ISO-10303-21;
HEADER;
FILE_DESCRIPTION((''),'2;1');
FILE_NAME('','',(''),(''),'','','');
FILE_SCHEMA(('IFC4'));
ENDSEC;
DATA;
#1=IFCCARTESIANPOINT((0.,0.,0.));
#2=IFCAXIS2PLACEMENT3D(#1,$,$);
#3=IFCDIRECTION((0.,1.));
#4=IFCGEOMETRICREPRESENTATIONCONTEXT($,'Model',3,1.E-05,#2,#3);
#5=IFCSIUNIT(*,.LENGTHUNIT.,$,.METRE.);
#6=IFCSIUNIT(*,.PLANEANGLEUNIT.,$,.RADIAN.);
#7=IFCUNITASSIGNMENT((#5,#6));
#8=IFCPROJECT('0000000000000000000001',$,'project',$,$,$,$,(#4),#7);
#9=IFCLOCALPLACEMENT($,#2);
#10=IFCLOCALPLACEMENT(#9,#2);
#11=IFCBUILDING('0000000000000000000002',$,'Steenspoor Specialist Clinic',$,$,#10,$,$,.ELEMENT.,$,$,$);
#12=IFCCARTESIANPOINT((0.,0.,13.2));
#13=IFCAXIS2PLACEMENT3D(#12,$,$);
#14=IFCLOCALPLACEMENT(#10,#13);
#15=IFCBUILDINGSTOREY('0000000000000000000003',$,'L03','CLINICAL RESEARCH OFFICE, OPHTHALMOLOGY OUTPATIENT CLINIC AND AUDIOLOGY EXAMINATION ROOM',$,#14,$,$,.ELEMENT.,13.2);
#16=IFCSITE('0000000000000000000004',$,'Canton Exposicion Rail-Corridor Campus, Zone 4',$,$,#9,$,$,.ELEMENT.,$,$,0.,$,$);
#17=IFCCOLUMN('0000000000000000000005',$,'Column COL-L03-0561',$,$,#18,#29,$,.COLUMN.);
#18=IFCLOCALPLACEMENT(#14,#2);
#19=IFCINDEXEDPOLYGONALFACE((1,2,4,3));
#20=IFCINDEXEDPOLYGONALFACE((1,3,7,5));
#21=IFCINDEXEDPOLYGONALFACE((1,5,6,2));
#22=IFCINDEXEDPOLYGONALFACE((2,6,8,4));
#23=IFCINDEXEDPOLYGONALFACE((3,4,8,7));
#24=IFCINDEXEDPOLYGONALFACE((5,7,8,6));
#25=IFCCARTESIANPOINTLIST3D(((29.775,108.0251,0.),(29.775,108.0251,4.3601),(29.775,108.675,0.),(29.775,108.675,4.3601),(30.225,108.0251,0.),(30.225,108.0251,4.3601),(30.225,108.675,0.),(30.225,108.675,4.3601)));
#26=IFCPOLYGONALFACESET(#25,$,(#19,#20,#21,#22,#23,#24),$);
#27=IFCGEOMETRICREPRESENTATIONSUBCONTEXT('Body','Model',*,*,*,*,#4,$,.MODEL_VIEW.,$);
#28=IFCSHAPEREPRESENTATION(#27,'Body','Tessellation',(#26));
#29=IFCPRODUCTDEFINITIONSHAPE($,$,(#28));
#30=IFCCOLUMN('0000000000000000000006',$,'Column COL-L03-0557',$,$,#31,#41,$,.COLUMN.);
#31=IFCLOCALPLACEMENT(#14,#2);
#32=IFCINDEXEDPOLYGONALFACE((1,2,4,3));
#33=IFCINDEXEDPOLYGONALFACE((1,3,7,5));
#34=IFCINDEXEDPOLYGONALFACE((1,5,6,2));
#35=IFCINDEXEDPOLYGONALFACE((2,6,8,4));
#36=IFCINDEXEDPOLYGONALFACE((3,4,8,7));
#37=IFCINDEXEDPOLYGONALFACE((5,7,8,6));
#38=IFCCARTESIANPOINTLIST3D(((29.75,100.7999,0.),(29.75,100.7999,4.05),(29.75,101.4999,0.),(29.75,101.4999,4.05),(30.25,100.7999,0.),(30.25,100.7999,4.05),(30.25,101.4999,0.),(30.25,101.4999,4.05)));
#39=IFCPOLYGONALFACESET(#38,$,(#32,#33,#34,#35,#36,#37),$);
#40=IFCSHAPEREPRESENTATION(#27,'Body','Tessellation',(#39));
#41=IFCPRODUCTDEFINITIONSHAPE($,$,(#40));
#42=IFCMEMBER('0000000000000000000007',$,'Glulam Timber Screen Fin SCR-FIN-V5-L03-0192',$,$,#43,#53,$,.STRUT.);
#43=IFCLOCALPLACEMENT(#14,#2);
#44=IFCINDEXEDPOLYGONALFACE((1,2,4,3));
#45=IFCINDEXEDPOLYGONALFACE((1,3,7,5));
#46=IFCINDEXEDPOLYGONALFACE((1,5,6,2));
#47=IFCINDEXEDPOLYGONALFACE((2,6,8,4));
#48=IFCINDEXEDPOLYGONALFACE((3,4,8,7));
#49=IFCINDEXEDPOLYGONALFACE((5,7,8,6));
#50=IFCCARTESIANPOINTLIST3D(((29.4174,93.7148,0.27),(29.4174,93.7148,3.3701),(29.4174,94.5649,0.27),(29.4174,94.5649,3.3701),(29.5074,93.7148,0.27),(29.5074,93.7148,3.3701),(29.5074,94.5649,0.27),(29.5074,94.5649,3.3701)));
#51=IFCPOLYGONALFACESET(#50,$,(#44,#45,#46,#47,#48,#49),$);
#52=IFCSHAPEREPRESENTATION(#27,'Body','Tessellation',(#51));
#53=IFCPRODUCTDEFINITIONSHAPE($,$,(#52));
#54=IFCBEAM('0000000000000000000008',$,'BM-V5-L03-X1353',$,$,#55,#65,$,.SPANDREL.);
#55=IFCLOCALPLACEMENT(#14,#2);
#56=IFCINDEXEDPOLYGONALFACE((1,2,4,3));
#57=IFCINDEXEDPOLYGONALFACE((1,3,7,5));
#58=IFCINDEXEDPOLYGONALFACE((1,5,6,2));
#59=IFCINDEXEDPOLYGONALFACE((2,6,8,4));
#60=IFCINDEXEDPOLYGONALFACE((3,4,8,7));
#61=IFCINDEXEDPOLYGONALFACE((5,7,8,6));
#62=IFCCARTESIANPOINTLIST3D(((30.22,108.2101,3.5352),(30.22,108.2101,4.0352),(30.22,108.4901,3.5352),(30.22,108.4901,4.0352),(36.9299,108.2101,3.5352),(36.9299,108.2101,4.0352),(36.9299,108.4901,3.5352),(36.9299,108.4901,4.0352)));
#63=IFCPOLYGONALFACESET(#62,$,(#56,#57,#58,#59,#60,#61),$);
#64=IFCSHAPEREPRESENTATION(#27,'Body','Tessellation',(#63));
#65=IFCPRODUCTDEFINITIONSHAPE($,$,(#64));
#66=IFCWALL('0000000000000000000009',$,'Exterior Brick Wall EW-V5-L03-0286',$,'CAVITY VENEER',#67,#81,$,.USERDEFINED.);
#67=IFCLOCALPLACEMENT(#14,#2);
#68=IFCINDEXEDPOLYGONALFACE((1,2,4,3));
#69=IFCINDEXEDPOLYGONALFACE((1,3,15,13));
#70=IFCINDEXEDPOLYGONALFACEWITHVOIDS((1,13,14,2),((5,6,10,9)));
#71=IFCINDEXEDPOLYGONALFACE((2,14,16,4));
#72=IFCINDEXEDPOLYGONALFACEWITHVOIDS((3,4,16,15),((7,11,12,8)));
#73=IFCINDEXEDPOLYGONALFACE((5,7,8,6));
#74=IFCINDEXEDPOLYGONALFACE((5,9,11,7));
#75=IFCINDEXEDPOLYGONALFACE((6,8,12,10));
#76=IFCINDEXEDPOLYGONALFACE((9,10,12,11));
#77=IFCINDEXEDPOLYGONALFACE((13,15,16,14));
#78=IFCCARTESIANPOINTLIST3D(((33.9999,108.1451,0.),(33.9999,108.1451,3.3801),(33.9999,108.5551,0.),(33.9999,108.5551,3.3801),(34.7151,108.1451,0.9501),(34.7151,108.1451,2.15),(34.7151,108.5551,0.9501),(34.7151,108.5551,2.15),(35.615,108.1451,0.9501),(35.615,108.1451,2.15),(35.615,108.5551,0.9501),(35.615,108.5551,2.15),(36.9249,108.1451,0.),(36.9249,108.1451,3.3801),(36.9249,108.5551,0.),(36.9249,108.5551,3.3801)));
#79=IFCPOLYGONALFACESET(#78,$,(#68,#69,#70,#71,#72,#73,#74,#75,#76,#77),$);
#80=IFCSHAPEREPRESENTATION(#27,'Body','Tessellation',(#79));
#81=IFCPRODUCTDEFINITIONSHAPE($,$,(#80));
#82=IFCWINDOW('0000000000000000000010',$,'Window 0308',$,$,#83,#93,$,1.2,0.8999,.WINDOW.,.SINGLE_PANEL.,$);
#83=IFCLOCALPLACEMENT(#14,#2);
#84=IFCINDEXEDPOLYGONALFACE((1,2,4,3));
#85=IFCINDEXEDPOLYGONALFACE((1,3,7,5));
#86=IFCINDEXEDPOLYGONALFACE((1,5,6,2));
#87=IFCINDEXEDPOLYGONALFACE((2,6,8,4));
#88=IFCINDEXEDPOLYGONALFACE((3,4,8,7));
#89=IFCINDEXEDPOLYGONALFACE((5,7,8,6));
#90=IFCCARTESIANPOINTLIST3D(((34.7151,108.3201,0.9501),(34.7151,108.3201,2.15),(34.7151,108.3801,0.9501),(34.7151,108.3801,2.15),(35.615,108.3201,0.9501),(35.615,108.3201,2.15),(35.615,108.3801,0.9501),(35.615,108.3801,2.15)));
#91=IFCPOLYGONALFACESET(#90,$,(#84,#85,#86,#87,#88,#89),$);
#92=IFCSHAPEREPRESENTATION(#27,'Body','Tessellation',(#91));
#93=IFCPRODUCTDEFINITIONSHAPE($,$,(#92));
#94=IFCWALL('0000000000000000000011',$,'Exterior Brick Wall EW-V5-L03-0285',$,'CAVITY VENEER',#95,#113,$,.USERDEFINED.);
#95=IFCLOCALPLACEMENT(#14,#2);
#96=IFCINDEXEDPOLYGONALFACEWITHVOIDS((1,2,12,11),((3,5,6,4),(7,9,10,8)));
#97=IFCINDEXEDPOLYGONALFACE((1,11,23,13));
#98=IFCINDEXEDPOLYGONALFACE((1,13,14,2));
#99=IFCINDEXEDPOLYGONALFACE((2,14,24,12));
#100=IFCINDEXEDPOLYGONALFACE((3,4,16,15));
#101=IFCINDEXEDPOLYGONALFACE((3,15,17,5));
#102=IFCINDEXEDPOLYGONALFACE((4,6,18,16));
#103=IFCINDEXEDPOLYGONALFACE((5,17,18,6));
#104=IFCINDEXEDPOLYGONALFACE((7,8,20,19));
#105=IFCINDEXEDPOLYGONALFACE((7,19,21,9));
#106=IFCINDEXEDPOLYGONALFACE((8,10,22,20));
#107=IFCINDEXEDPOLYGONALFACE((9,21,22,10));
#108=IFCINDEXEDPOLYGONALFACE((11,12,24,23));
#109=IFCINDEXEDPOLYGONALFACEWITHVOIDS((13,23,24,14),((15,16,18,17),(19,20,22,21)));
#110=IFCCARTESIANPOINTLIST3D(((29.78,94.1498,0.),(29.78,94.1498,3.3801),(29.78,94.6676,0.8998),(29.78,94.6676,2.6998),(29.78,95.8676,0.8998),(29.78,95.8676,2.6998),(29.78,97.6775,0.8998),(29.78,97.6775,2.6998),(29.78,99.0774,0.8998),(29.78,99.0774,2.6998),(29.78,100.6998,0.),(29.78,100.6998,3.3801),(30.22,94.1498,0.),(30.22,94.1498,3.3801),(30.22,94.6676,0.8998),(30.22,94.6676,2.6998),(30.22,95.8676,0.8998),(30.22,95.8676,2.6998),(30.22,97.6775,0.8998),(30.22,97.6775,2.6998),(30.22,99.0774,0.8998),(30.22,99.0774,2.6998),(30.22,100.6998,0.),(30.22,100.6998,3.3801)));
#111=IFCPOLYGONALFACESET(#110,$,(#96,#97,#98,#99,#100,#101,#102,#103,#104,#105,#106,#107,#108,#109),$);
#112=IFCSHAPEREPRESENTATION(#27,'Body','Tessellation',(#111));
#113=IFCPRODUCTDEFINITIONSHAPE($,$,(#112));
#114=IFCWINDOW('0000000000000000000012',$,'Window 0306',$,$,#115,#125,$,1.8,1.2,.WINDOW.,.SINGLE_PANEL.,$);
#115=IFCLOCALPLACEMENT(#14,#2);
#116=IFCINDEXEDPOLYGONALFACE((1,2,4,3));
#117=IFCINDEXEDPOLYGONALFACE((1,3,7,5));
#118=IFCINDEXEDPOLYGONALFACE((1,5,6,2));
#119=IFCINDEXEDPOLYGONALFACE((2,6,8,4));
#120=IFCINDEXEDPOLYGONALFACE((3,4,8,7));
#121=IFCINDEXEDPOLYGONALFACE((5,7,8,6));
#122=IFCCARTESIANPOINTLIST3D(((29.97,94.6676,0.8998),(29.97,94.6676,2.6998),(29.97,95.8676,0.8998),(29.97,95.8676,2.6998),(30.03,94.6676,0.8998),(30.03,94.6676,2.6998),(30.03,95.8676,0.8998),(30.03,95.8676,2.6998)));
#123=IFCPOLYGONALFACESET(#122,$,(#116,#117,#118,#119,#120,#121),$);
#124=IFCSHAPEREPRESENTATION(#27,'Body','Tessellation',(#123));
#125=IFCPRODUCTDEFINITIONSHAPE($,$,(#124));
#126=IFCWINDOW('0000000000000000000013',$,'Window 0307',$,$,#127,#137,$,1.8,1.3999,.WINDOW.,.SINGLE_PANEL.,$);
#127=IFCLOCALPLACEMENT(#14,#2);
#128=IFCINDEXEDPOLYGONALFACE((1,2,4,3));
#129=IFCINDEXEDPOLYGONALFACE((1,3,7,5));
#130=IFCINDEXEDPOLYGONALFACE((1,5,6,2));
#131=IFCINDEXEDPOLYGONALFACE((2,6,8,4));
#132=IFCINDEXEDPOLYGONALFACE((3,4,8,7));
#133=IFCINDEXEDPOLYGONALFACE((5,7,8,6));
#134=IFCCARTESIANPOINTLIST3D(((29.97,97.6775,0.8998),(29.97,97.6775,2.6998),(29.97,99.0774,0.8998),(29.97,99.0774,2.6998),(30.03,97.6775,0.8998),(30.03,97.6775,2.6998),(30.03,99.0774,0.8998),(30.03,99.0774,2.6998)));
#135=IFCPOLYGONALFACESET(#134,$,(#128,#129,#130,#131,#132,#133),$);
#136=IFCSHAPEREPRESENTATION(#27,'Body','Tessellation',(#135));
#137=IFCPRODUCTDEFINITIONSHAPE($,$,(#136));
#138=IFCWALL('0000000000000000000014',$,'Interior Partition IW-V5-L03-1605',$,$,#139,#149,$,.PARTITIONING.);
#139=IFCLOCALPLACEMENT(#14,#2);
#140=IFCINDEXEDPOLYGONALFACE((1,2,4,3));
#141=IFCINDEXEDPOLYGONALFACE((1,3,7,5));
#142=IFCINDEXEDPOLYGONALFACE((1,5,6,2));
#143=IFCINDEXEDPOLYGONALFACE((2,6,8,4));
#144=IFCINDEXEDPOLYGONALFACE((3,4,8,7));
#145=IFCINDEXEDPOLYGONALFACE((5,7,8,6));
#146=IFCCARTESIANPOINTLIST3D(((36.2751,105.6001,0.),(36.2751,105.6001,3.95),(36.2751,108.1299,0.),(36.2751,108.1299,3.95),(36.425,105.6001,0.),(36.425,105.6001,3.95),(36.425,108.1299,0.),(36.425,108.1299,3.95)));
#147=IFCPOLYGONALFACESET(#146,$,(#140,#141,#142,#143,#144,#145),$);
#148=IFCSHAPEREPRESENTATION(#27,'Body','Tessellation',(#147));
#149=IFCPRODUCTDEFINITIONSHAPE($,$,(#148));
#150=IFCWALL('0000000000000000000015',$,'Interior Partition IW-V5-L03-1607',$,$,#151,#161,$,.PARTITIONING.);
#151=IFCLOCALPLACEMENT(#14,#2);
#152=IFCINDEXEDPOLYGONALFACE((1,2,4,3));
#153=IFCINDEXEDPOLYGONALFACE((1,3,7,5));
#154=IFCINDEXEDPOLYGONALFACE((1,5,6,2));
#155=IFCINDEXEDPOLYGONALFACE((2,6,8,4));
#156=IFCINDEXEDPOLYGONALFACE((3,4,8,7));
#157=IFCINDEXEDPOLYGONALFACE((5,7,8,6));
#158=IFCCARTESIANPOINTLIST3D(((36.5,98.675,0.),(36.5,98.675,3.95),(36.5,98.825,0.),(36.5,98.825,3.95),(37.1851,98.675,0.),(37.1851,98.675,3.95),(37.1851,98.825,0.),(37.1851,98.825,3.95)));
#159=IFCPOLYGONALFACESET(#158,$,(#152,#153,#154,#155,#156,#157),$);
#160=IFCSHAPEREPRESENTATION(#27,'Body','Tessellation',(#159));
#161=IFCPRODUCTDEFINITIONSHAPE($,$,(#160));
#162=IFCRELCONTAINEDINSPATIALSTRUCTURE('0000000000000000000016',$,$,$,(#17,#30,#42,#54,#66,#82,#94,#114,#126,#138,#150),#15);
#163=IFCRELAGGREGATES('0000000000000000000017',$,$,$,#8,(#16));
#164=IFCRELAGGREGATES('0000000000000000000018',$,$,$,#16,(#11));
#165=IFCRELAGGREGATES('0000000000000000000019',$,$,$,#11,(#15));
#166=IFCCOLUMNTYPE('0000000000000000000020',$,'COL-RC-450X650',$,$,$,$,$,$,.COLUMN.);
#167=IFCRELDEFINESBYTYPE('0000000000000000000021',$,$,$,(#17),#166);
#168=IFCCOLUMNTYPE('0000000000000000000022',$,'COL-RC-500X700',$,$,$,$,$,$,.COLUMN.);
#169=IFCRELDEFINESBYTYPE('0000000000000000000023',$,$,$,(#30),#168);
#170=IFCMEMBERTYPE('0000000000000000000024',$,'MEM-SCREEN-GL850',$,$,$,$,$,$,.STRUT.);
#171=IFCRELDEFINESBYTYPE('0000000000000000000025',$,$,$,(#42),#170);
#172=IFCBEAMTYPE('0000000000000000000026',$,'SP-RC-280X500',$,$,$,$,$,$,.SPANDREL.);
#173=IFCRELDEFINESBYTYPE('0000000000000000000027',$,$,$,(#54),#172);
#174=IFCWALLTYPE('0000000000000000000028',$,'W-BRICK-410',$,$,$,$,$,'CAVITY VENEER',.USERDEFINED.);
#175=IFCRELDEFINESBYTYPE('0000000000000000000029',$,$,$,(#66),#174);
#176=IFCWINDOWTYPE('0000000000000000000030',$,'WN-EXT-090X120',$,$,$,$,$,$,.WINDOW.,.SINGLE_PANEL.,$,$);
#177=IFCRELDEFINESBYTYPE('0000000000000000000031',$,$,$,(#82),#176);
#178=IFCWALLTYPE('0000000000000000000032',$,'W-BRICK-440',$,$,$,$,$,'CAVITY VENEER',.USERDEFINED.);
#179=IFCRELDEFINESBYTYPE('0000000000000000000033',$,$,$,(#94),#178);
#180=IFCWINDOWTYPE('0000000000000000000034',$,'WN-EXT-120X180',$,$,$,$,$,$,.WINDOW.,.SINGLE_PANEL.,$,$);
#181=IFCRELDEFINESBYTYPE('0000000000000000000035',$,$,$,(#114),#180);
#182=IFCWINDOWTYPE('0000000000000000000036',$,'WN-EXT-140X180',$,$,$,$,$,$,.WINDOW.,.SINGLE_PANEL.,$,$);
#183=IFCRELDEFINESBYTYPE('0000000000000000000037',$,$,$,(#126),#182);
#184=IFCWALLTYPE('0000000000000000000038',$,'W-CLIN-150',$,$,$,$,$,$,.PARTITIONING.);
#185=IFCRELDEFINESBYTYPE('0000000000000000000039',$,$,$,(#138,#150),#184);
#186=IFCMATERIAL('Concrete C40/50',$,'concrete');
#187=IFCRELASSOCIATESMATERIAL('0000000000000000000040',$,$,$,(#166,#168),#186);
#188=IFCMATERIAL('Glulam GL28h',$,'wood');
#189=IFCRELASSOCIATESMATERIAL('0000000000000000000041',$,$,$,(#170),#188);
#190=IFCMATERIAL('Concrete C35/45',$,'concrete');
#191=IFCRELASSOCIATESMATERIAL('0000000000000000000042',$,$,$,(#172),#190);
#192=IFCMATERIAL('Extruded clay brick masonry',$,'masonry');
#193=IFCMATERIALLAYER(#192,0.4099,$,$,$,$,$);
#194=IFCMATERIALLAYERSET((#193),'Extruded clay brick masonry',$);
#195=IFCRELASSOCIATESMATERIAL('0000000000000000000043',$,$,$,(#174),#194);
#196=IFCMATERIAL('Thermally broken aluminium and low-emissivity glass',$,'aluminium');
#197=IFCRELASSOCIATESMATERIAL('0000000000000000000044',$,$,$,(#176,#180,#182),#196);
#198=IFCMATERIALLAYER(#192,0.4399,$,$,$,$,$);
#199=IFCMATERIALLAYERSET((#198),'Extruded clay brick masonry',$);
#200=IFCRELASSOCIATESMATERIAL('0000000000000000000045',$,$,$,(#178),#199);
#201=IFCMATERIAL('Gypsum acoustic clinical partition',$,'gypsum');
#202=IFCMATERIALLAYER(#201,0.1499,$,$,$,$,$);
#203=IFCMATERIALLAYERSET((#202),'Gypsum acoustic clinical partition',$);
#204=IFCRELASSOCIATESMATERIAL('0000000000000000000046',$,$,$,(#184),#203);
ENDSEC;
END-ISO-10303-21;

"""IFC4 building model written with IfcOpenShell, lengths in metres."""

from ifc_helpers import new_model, si_unit, direction, frame, frame_2d, origin, origin_2d, place, context, subcontext, project, spatial, rectangle, extrude, material, layer, layer_set, material_profile, profile_set, type_object, element, fill, save


model = new_model("IFC4")

# Units and contexts
model_context = context("Model", 3, precision=1e-05, world=origin(), true_north=direction((0.0, 1.0)))
body_context = subcontext(model_context, "Body", "Model", "MODEL_VIEW")
ifc_project = project(units=[si_unit("LENGTHUNIT", "METRE"), si_unit("PLANEANGLEUNIT", "RADIAN")], contexts=[model_context])

# Site, building, storey
site_placement = place(None, origin())
site = spatial("IfcSite", under=ifc_project, at=site_placement, Name="Canton Exposicion Rail-Corridor Campus, Zone 4", CompositionType="ELEMENT", RefElevation=0.0)
building_placement = place(site_placement, origin())
building = spatial("IfcBuilding", under=site, at=building_placement, Name="Steenspoor Specialist Clinic", CompositionType="ELEMENT")
storey_placement = place(building_placement, frame((0.0, 0.0, 13.2)))
storey = spatial("IfcBuildingStorey", under=building, at=storey_placement, Name="L03", Description="CLINICAL RESEARCH OFFICE, OPHTHALMOLOGY OUTPATIENT CLINIC AND AUDIOLOGY EXAMINATION ROOM", CompositionType="ELEMENT", Elevation=13.2)

# Columns
ifc_material_1 = material(Name="Concrete C40/50", Category="concrete")
ifc_material_profile_1 = material_profile(ifc_material_1, rectangle(XDim=0.45, YDim=0.6499, at=origin_2d()), Name="RC-COL-450X650")
ifc_profile_set_1 = profile_set([ifc_material_profile_1], Name="Concrete C40/50")
column_type_1 = type_object("IfcColumnType", Name="COL-RC-450X650", PredefinedType="COLUMN", material=ifc_profile_set_1)
column_1_placement = place(storey_placement, frame((30.0, 108.3501, 0.0), z_axis=(0.0, 0.0, 1.0), x_axis=(1.0, 0.0, 0.0)))
element("IfcColumn", 1, at=column_1_placement, inside=storey, type_object=column_type_1, Name="Column COL-L03-0561", PredefinedType="COLUMN", context=body_context, shape_type="SweptSolid", body=[
    extrude(rectangle(XDim=0.45, YDim=0.6499, at=origin_2d()), origin(), (0.0, 0.0, 1.0), 4.3601),
])
ifc_material_profile_2 = material_profile(ifc_material_1, rectangle(XDim=0.5, YDim=0.7, at=origin_2d()), Name="RC-COL-500X700")
ifc_profile_set_2 = profile_set([ifc_material_profile_2], Name="Concrete C40/50")
column_type_2 = type_object("IfcColumnType", Name="COL-RC-500X700", PredefinedType="COLUMN", material=ifc_profile_set_2)
column_2_placement = place(storey_placement, frame((30.0, 101.1499, 0.0), z_axis=(0.0, 0.0, 1.0), x_axis=(1.0, 0.0, 0.0)))
element("IfcColumn", 2, at=column_2_placement, inside=storey, type_object=column_type_2, Name="Column COL-L03-0557", PredefinedType="COLUMN", context=body_context, shape_type="SweptSolid", body=[
    extrude(rectangle(XDim=0.5, YDim=0.7, at=origin_2d()), origin(), (0.0, 0.0, 1.0), 4.05),
])

# Member
ifc_material_2 = material(Name="Glulam GL28h", Category="wood")
ifc_material_profile_3 = material_profile(ifc_material_2, rectangle(XDim=0.0901, YDim=0.8501, at=origin_2d()), Name="GL28H-90X850")
ifc_profile_set_3 = profile_set([ifc_material_profile_3], Name="Glulam GL28h")
member_type = type_object("IfcMemberType", Name="MEM-SCREEN-GL850", PredefinedType="STRUT", material=ifc_profile_set_3)
member_placement = place(storey_placement, frame((29.4624, 94.1399, 0.27), z_axis=(0.0, 0.0, 1.0), x_axis=(1.0, 0.0, 0.0)))
element("IfcMember", 3, at=member_placement, inside=storey, type_object=member_type, Name="Glulam Timber Screen Fin SCR-FIN-V5-L03-0192", PredefinedType="STRUT", context=body_context, shape_type="SweptSolid", body=[
    extrude(rectangle(XDim=0.0901, YDim=0.8501, at=origin_2d()), origin(), (0.0, 0.0, 1.0), 3.1001),
])

# Beam
ifc_material_3 = material(Name="Concrete C35/45", Category="concrete")
ifc_material_profile_4 = material_profile(ifc_material_3, rectangle(XDim=0.28, YDim=0.5, at=origin_2d()), Name="RC-SP-280X500")
ifc_profile_set_4 = profile_set([ifc_material_profile_4], Name="Concrete C35/45")
beam_type = type_object("IfcBeamType", Name="SP-RC-280X500", PredefinedType="SPANDREL", material=ifc_profile_set_4)
beam_placement = place(storey_placement, frame((30.22, 108.3501, 3.7852), z_axis=(1.0, 0.0, 0.0), x_axis=(0.0, 1.0, 0.0)))
element("IfcBeam", 4, at=beam_placement, inside=storey, type_object=beam_type, Name="BM-V5-L03-X1353", PredefinedType="SPANDREL", context=body_context, shape_type="SweptSolid", body=[
    extrude(rectangle(XDim=0.28, YDim=0.5, at=origin_2d()), origin(), (0.0, 0.0, 1.0), 6.71),
])

# Wall, opening, window
ifc_material_4 = material(Name="Extruded clay brick masonry", Category="masonry")
ifc_layer_1 = layer(ifc_material_4, 0.4099)
ifc_layer_set_1 = layer_set([ifc_layer_1], Name="Extruded clay brick masonry")
wall_type_1 = type_object("IfcWallType", Name="W-BRICK-410", ElementType="CAVITY VENEER", PredefinedType="USERDEFINED", material=ifc_layer_set_1)
wall_1_placement = place(storey_placement, frame((34.0, 108.3501, 0.0), z_axis=(0.0, 0.0, 1.0), x_axis=(1.0, 0.0, 0.0)))
wall_1 = element("IfcWall", 5, at=wall_1_placement, inside=storey, type_object=wall_type_1, Name="Exterior Brick Wall EW-V5-L03-0286", ObjectType="CAVITY VENEER", PredefinedType="USERDEFINED", context=body_context, shape_type="SweptSolid", body=[
    extrude(rectangle(XDim=2.925, YDim=0.4099, at=frame_2d((1.4624, 0.0))), origin(), (0.0, 0.0, 1.0), 3.3801),
])
opening_1_placement = place(wall_1_placement, frame((0.7151, 0.0, 0.95)))
opening_1 = element("IfcOpeningElement", 6, at=opening_1_placement, cuts=wall_1, PredefinedType="OPENING", context=body_context, shape_type="SweptSolid", body=[
    extrude(rectangle(XDim=0.8999, YDim=1.2, at=frame_2d((0.45, 0.6001))), frame((0.0, 0.2148, 0.0), z_axis=(0.0, -1.0, 0.0), x_axis=(1.0, 0.0, 0.0)), (0.0, 0.0, 1.0), 0.4299),
])
ifc_material_5 = material(Name="Thermally broken aluminium and low-emissivity glass", Category="aluminium")
window_type_1 = type_object("IfcWindowType", Name="WN-EXT-090X120", PartitioningType="SINGLE_PANEL", PredefinedType="WINDOW", material=ifc_material_5)
window_1_placement = place(opening_1_placement, origin())
window_1 = element("IfcWindow", 7, at=window_1_placement, inside=storey, type_object=window_type_1, Name="Window 0308", OverallHeight=1.2, OverallWidth=0.8999, PartitioningType="SINGLE_PANEL", PredefinedType="WINDOW", context=body_context, shape_type="SweptSolid", body=[
    extrude(rectangle(XDim=0.8999, YDim=1.2, at=frame_2d((0.45, 0.6001))), frame((0.0, 0.03, 0.0), z_axis=(0.0, -1.0, 0.0), x_axis=(1.0, 0.0, 0.0)), (0.0, 0.0, 1.0), 0.0601),
])
fill(opening_1, window_1)

# Wall, openings, windows
ifc_layer_2 = layer(ifc_material_4, 0.4399)
ifc_layer_set_2 = layer_set([ifc_layer_2], Name="Extruded clay brick masonry")
wall_type_2 = type_object("IfcWallType", Name="W-BRICK-440", ElementType="CAVITY VENEER", PredefinedType="USERDEFINED", material=ifc_layer_set_2)
wall_2_placement = place(storey_placement, frame((30.0, 94.1499, 0.0), z_axis=(0.0, 0.0, 1.0), x_axis=(0.0, 1.0, 0.0)))
wall_2 = element("IfcWall", 8, at=wall_2_placement, inside=storey, type_object=wall_type_2, Name="Exterior Brick Wall EW-V5-L03-0285", ObjectType="CAVITY VENEER", PredefinedType="USERDEFINED", context=body_context, shape_type="SweptSolid", body=[
    extrude(rectangle(XDim=6.55, YDim=0.4399, at=frame_2d((3.2749, 0.0))), origin(), (0.0, 0.0, 1.0), 3.3801),
])
opening_2_placement = place(wall_2_placement, frame((0.5176, 0.0, 0.8999)))
opening_2 = element("IfcOpeningElement", 9, at=opening_2_placement, cuts=wall_2, PredefinedType="OPENING", context=body_context, shape_type="SweptSolid", body=[
    extrude(rectangle(XDim=1.2, YDim=1.8, at=frame_2d((0.6001, 0.8999))), frame((0.0, 0.23, 0.0), z_axis=(0.0, -1.0, 0.0), x_axis=(1.0, 0.0, 0.0)), (0.0, 0.0, 1.0), 0.46),
])
opening_3_placement = place(wall_2_placement, frame((3.5276, 0.0, 0.8999)))
opening_3 = element("IfcOpeningElement", 10, at=opening_3_placement, cuts=wall_2, PredefinedType="OPENING", context=body_context, shape_type="SweptSolid", body=[
    extrude(rectangle(XDim=1.3999, YDim=1.8, at=frame_2d((0.7, 0.8999))), frame((0.0, 0.23, 0.0), z_axis=(0.0, -1.0, 0.0), x_axis=(1.0, 0.0, 0.0)), (0.0, 0.0, 1.0), 0.46),
])
window_type_2 = type_object("IfcWindowType", Name="WN-EXT-120X180", PartitioningType="SINGLE_PANEL", PredefinedType="WINDOW", material=ifc_material_5)
window_2_placement = place(opening_2_placement, origin())
window_2 = element("IfcWindow", 11, at=window_2_placement, inside=storey, type_object=window_type_2, Name="Window 0306", OverallHeight=1.8, OverallWidth=1.2, PartitioningType="SINGLE_PANEL", PredefinedType="WINDOW", context=body_context, shape_type="SweptSolid", body=[
    extrude(rectangle(XDim=1.2, YDim=1.8, at=frame_2d((0.6001, 0.8999))), frame((0.0, 0.03, 0.0), z_axis=(0.0, -1.0, 0.0), x_axis=(1.0, 0.0, 0.0)), (0.0, 0.0, 1.0), 0.0601),
])
fill(opening_2, window_2)
window_type_3 = type_object("IfcWindowType", Name="WN-EXT-140X180", PartitioningType="SINGLE_PANEL", PredefinedType="WINDOW", material=ifc_material_5)
window_3_placement = place(opening_3_placement, origin())
window_3 = element("IfcWindow", 12, at=window_3_placement, inside=storey, type_object=window_type_3, Name="Window 0307", OverallHeight=1.8, OverallWidth=1.3999, PartitioningType="SINGLE_PANEL", PredefinedType="WINDOW", context=body_context, shape_type="SweptSolid", body=[
    extrude(rectangle(XDim=1.3999, YDim=1.8, at=frame_2d((0.7, 0.8999))), frame((0.0, 0.03, 0.0), z_axis=(0.0, -1.0, 0.0), x_axis=(1.0, 0.0, 0.0)), (0.0, 0.0, 1.0), 0.0601),
])
fill(opening_3, window_3)

# Walls
ifc_material_6 = material(Name="Gypsum acoustic clinical partition", Category="gypsum")
ifc_layer_3 = layer(ifc_material_6, 0.1499)
ifc_layer_set_3 = layer_set([ifc_layer_3], Name="Gypsum acoustic clinical partition")
wall_type_3 = type_object("IfcWallType", Name="W-CLIN-150", PredefinedType="PARTITIONING", material=ifc_layer_set_3)
wall_3_placement = place(storey_placement, frame((36.3501, 105.6001, 0.0), z_axis=(0.0, 0.0, 1.0), x_axis=(0.0, 1.0, 0.0)))
element("IfcWall", 13, at=wall_3_placement, inside=storey, type_object=wall_type_3, Name="Interior Partition IW-V5-L03-1605", PredefinedType="PARTITIONING", context=body_context, shape_type="SweptSolid", body=[
    extrude(rectangle(XDim=2.5298, YDim=0.1499, at=frame_2d((1.2649, 0.0))), origin(), (0.0, 0.0, 1.0), 3.95),
])
wall_4_placement = place(storey_placement, frame((36.5, 98.75, 0.0), z_axis=(0.0, 0.0, 1.0), x_axis=(1.0, 0.0, 0.0)))
element("IfcWall", 14, at=wall_4_placement, inside=storey, type_object=wall_type_3, Name="Interior Partition IW-V5-L03-1607", PredefinedType="PARTITIONING", context=body_context, shape_type="SweptSolid", body=[
    extrude(rectangle(XDim=0.6851, YDim=0.1499, at=frame_2d((0.3425, 0.0))), origin(), (0.0, 0.0, 1.0), 3.95),
])

save(model, "model.ifc")
